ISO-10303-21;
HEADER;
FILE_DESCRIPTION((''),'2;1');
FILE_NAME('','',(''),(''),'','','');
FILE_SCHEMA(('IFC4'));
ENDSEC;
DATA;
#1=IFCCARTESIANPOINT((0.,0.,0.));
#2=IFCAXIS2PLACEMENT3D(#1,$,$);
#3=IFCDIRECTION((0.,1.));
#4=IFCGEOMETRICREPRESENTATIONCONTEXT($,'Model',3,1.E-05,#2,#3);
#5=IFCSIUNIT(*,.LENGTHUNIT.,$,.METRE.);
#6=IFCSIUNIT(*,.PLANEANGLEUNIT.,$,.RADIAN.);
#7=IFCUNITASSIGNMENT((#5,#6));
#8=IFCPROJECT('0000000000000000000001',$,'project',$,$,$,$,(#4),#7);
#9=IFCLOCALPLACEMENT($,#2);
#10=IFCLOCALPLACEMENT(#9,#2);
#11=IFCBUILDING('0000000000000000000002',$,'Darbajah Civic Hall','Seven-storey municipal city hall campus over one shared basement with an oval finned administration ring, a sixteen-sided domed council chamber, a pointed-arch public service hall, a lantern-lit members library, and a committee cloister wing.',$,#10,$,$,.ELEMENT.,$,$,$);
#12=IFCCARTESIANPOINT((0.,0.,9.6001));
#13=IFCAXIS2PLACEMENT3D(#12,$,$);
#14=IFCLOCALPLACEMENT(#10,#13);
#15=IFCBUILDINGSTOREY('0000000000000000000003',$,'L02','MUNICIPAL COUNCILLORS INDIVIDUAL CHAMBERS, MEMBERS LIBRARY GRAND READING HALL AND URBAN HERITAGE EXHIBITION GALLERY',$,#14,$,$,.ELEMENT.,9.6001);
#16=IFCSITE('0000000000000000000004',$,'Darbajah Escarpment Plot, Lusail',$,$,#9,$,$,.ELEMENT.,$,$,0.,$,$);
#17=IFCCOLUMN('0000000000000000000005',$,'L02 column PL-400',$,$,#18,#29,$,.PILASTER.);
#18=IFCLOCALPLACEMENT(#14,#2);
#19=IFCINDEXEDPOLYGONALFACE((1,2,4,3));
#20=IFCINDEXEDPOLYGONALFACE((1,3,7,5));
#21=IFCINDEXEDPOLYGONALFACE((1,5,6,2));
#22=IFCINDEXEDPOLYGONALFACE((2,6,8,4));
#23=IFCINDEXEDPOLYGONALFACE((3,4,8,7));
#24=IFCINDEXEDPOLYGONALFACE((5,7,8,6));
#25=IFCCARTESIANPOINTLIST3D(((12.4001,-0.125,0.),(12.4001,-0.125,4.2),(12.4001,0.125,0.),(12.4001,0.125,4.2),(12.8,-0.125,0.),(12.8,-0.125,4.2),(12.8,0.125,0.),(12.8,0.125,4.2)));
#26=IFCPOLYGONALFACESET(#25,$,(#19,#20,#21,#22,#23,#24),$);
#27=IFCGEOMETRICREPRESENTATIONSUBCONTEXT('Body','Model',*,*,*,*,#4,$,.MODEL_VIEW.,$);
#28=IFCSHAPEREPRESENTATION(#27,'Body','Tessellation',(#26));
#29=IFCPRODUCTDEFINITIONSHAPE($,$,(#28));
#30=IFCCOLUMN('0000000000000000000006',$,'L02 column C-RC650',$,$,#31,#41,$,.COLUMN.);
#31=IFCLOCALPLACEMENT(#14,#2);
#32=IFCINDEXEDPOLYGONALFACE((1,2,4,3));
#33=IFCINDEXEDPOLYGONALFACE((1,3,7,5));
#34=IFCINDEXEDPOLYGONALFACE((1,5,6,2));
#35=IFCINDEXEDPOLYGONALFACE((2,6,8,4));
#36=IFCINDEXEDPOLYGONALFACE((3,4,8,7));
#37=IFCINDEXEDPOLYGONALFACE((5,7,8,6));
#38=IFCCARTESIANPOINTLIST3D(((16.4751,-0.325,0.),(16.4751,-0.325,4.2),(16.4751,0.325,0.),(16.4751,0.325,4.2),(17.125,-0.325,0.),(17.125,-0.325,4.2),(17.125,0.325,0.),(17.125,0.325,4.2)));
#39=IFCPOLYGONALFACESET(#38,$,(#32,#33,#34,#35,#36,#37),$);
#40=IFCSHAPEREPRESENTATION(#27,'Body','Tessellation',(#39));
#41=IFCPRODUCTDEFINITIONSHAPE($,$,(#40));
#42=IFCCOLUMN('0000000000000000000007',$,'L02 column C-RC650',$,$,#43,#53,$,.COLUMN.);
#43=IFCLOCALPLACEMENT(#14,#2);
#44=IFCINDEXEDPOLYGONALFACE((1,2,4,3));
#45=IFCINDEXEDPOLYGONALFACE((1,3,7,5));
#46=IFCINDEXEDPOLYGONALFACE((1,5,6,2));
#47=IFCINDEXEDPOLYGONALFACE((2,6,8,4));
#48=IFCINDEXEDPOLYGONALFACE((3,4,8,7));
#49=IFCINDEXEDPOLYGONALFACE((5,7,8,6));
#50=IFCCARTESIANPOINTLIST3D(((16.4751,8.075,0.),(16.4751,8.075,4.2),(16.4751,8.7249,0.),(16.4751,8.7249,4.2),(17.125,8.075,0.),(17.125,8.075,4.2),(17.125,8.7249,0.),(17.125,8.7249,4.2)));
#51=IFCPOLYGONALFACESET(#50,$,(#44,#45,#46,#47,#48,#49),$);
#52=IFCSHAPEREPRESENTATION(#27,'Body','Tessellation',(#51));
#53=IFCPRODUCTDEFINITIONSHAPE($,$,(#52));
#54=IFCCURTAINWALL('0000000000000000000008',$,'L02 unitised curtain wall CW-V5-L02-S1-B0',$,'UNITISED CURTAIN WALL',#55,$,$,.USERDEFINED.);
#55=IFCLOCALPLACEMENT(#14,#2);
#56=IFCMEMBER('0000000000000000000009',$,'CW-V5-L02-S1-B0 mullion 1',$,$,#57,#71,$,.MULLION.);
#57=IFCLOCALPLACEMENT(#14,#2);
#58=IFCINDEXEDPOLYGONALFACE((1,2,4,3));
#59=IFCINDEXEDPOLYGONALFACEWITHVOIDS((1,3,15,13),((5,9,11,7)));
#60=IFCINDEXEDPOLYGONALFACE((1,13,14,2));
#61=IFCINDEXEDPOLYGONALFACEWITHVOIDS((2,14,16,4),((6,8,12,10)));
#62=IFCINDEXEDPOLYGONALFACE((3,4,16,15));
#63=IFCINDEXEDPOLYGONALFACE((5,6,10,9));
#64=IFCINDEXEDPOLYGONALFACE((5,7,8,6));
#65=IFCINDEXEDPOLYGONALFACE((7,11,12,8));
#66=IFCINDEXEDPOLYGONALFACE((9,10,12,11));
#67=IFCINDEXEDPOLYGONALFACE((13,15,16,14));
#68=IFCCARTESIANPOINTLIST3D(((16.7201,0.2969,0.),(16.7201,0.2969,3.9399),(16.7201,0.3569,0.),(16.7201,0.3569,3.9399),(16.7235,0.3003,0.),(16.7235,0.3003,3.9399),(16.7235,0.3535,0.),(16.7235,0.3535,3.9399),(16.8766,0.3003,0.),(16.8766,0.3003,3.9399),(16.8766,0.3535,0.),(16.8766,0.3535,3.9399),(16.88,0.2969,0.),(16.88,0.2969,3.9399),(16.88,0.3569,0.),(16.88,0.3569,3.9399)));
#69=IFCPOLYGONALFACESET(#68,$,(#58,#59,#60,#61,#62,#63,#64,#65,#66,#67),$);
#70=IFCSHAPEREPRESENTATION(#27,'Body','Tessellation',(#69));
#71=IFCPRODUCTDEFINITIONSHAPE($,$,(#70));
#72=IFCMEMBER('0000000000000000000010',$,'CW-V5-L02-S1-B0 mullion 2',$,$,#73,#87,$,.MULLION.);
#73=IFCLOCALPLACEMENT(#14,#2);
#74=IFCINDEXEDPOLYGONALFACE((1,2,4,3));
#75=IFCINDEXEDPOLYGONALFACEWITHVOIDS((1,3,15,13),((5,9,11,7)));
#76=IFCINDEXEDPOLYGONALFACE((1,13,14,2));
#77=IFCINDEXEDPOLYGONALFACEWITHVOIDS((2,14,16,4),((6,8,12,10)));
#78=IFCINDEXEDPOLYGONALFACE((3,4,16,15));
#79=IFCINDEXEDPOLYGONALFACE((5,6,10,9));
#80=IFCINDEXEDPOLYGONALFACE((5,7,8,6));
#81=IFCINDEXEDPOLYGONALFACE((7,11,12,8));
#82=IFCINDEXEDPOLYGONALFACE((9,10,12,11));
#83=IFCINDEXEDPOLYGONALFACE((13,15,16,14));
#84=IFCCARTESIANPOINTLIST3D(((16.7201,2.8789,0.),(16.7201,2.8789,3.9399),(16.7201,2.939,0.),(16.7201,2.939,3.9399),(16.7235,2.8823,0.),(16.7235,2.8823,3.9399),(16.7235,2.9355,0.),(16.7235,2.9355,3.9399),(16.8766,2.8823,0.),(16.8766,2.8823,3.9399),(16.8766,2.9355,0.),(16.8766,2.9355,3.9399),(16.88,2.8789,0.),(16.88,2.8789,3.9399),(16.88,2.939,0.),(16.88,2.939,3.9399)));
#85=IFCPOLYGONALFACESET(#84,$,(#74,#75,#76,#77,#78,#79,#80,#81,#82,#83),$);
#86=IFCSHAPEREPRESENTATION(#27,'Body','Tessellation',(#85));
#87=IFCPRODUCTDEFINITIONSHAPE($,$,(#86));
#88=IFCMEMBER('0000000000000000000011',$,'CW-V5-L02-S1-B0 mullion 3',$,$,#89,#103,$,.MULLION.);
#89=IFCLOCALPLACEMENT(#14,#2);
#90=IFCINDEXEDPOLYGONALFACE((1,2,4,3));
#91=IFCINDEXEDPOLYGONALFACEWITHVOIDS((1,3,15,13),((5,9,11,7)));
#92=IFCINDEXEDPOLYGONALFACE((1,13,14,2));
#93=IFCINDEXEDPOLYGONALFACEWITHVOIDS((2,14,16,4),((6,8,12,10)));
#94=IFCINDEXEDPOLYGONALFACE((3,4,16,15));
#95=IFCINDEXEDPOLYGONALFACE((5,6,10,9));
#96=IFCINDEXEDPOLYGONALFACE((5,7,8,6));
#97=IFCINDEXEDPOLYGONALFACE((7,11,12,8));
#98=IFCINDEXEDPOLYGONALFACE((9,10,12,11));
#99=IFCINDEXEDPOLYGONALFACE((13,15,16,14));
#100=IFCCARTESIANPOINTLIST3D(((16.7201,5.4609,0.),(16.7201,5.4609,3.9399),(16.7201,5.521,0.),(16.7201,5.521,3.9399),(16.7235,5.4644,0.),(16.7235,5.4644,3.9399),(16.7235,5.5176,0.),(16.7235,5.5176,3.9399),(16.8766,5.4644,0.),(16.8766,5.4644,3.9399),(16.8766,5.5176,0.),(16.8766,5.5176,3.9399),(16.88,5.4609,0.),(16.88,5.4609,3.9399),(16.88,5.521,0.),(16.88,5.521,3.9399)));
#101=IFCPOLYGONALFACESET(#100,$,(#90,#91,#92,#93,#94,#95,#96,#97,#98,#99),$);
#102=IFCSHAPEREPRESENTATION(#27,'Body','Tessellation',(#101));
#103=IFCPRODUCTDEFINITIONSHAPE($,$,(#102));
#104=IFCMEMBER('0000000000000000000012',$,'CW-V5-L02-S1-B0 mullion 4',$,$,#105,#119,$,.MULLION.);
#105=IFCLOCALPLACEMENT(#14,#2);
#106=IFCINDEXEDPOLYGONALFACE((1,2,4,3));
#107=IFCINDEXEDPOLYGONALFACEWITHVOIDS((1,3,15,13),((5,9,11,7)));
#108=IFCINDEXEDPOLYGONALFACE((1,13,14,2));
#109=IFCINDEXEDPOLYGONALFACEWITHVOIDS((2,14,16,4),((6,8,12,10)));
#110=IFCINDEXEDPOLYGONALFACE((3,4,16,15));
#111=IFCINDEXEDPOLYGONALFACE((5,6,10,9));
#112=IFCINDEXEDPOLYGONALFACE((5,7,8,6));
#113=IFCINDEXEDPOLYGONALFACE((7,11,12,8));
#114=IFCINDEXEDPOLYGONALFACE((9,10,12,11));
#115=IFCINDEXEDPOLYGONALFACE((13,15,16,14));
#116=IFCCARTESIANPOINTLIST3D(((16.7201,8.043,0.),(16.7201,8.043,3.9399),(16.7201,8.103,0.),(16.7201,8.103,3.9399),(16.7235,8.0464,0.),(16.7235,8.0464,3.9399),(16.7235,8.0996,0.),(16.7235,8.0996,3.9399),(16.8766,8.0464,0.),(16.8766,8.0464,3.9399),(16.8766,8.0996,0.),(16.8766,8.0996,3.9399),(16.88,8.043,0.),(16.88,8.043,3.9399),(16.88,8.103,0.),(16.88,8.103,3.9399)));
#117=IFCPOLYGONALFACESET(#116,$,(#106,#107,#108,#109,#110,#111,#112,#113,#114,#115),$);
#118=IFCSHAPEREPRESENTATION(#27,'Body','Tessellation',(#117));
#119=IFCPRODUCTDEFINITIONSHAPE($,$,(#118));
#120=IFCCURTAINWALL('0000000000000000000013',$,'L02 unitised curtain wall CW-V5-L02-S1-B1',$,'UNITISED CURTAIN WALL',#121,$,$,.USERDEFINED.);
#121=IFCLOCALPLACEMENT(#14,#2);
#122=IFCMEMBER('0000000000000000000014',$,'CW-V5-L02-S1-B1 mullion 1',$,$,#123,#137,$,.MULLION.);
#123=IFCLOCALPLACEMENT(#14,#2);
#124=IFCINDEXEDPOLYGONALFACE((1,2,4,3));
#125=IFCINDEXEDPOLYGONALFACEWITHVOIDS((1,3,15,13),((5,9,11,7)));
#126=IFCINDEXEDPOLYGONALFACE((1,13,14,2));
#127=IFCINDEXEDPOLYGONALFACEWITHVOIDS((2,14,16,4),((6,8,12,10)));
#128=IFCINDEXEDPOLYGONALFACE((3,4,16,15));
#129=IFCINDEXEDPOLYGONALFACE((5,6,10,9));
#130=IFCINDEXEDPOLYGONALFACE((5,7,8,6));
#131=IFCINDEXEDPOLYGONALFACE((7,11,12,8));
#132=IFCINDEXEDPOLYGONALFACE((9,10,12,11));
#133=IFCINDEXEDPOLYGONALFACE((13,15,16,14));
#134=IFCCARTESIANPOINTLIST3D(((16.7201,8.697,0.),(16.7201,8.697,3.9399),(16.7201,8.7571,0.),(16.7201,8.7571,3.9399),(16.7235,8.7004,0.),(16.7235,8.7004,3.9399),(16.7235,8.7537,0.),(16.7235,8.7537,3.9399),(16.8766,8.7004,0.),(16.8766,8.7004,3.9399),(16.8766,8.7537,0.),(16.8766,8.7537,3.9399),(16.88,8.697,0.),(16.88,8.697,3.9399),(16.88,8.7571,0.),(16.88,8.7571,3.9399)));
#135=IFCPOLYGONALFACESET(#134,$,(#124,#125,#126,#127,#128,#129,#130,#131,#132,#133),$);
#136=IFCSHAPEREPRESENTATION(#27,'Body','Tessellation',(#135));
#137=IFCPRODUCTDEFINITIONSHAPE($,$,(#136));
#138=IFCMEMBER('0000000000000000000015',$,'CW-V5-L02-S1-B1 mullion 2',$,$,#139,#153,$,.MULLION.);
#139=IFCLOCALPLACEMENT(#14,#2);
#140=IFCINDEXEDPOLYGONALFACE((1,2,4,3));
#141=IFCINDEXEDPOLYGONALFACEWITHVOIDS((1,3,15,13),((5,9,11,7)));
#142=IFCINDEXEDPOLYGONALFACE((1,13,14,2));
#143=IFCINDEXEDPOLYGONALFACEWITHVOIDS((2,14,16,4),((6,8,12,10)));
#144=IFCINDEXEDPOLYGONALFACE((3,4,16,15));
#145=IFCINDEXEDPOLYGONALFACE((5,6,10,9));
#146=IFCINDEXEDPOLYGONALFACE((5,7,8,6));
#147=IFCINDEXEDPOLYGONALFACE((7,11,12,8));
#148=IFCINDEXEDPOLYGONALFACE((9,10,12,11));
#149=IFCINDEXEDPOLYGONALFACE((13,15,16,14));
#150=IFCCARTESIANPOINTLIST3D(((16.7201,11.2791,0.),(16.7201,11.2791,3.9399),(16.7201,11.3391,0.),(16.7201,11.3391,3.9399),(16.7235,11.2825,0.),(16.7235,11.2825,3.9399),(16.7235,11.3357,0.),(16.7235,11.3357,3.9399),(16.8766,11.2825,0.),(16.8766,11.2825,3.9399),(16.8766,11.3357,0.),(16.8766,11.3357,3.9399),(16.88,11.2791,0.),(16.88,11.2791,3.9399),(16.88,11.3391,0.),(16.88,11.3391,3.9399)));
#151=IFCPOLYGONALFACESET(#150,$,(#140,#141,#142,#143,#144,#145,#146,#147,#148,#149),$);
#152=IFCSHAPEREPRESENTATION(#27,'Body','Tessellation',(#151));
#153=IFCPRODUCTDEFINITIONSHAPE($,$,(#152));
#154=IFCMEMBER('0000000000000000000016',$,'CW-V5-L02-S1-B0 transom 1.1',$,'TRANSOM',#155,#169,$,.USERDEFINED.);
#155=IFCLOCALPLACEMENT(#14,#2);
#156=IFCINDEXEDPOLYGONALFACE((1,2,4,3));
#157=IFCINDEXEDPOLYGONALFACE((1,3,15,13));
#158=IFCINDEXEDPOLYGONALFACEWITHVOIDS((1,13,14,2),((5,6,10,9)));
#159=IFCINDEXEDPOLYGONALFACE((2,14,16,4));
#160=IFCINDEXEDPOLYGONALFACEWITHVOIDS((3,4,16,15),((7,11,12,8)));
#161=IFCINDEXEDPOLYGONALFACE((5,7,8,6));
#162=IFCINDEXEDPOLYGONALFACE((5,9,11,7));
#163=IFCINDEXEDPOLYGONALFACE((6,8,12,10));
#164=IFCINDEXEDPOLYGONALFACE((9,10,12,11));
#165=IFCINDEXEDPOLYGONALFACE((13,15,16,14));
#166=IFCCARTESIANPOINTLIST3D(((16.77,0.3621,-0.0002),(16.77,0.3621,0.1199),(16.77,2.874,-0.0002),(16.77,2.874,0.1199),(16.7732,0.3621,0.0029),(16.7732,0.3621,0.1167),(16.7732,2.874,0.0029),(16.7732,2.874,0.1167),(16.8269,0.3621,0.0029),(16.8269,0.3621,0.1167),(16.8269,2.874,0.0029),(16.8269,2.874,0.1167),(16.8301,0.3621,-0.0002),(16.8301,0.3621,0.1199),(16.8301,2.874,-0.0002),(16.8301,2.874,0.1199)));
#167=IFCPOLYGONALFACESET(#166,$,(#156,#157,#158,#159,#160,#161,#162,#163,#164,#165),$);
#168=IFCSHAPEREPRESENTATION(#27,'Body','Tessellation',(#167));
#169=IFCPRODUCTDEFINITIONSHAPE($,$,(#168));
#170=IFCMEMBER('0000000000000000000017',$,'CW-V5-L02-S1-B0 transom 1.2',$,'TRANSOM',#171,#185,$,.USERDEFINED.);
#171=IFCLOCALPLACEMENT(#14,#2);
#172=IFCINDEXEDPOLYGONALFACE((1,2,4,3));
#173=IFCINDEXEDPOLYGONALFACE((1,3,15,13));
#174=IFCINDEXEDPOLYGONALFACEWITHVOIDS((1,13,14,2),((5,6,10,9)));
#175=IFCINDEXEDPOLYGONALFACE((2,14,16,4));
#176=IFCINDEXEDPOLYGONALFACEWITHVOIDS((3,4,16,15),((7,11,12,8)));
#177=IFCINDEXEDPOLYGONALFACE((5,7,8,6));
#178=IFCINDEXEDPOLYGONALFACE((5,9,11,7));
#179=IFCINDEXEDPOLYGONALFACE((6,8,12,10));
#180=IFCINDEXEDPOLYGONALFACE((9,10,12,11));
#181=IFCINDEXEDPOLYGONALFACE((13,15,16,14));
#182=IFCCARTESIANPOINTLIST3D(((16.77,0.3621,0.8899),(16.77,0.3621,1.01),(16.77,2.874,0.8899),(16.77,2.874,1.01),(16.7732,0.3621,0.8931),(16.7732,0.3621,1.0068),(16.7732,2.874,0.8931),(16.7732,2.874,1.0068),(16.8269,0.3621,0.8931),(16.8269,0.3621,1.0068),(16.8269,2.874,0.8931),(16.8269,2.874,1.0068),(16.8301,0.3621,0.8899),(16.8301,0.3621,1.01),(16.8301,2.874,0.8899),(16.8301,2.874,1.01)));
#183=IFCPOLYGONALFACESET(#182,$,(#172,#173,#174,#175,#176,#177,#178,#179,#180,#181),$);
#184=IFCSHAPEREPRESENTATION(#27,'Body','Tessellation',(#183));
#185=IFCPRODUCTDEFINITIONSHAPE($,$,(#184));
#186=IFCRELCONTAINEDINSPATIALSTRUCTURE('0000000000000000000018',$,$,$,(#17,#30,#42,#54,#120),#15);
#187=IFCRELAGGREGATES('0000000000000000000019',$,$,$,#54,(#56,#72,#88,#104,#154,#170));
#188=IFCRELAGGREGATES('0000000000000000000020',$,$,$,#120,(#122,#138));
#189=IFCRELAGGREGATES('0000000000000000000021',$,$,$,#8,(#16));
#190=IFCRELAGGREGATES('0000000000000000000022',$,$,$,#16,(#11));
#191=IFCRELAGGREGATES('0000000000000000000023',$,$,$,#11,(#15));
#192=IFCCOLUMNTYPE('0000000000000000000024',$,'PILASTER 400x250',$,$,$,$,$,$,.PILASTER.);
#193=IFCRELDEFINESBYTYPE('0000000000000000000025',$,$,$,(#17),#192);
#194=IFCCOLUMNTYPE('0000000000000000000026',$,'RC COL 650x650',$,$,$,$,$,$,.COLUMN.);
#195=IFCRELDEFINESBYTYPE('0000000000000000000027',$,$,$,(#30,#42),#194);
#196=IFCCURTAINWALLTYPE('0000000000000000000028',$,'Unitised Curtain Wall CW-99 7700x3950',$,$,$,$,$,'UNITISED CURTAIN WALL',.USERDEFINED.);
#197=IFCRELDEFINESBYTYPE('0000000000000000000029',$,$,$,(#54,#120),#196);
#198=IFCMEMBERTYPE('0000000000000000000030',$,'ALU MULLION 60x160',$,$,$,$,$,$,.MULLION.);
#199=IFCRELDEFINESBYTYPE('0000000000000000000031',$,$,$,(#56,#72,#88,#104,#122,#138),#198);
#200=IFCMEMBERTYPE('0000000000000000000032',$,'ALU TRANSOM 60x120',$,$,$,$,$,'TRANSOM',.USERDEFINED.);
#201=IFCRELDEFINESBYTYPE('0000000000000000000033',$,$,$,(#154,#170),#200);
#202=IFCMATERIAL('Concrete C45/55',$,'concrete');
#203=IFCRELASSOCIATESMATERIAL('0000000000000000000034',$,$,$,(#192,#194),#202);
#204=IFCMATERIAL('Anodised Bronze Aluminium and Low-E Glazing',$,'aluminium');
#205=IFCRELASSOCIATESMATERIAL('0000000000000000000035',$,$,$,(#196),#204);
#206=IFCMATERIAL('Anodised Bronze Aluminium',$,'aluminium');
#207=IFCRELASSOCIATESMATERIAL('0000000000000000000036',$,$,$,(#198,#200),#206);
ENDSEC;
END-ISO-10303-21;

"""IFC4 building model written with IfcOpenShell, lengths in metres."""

from ifc_helpers import new_model, si_unit, direction, frame, origin, origin_2d, place, context, subcontext, project, spatial, rectangle, hollow_rectangle, extrude, material, material_profile, profile_set, type_object, element, aggregate, save


model = new_model("IFC4")

# Units and contexts
model_context = context("Model", 3, precision=1e-05, world=origin(), true_north=direction((0.0, 1.0)))
body_context = subcontext(model_context, "Body", "Model", "MODEL_VIEW")
ifc_project = project(units=[si_unit("LENGTHUNIT", "METRE"), si_unit("PLANEANGLEUNIT", "RADIAN")], contexts=[model_context])

# Site, building, storey
site_placement = place(None, origin())
site = spatial("IfcSite", under=ifc_project, at=site_placement, Name="Darbajah Escarpment Plot, Lusail", CompositionType="ELEMENT", RefElevation=0.0)
building_placement = place(site_placement, origin())
building = spatial("IfcBuilding", under=site, at=building_placement, Name="Darbajah Civic Hall", Description="Seven-storey municipal city hall campus over one shared basement with an oval finned administration ring, a sixteen-sided domed council chamber, a pointed-arch public service hall, a lantern-lit members library, and a committee cloister wing.", CompositionType="ELEMENT")
storey_placement = place(building_placement, frame((0.0, 0.0, 9.6001)))
storey = spatial("IfcBuildingStorey", under=building, at=storey_placement, Name="L02", Description="MUNICIPAL COUNCILLORS INDIVIDUAL CHAMBERS, MEMBERS LIBRARY GRAND READING HALL AND URBAN HERITAGE EXHIBITION GALLERY", CompositionType="ELEMENT", Elevation=9.6001)

# Columns
ifc_material_1 = material(Name="Concrete C45/55", Category="concrete")
ifc_material_profile_1 = material_profile(ifc_material_1, rectangle(XDim=0.3999, YDim=0.25, at=origin_2d()), Name="PILASTER 400x250")
ifc_profile_set_1 = profile_set([ifc_material_profile_1], Name="Concrete C45/55")
column_type_1 = type_object("IfcColumnType", Name="PILASTER 400x250", PredefinedType="PILASTER", material=ifc_profile_set_1)
column_placement = place(storey_placement, frame((12.6001, 0.0, 0.0), z_axis=(0.0, 0.0, 1.0), x_axis=(1.0, 0.0, 0.0)))
element("IfcColumn", 1, at=column_placement, inside=storey, type_object=column_type_1, Name="L02 column PL-400", PredefinedType="PILASTER", context=body_context, shape_type="SweptSolid", body=[
    extrude(rectangle(XDim=0.3999, YDim=0.25, at=origin_2d()), origin(), (0.0, 0.0, 1.0), 4.2),
])
ifc_material_profile_2 = material_profile(ifc_material_1, rectangle(XDim=0.6499, YDim=0.6499, at=origin_2d()), Name="RC COL 650x650")
ifc_profile_set_2 = profile_set([ifc_material_profile_2], Name="Concrete C45/55")
column_type_2 = type_object("IfcColumnType", Name="RC COL 650x650", PredefinedType="COLUMN", material=ifc_profile_set_2)
for number, where, z_axis, x_axis, name in (
    (2, (16.8, 0.0, 0.0), (0.0, 0.0, 1.0), (1.0, 0.0, 0.0), "L02 column C-RC650"),
    (3, (16.8, 8.3999, 0.0), (0.0, 0.0, 1.0), (1.0, 0.0, 0.0), "L02 column C-RC650"),
):
    element("IfcColumn", number, at=place(storey_placement, frame(where, z_axis=z_axis, x_axis=x_axis)), inside=storey, type_object=column_type_2, Name=name, PredefinedType="COLUMN", context=body_context, shape_type="SweptSolid", body=[
        extrude(rectangle(XDim=0.6499, YDim=0.6499, at=origin_2d()), origin(), (0.0, 0.0, 1.0), 4.2),
    ])

# Curtain walls, members
ifc_material_2 = material(Name="Anodised Bronze Aluminium and Low-E Glazing", Category="aluminium")
curtain_wall_type = type_object("IfcCurtainWallType", Name="Unitised Curtain Wall CW-99 7700x3950", ElementType="UNITISED CURTAIN WALL", PredefinedType="USERDEFINED", material=ifc_material_2)
curtain_wall_1_placement = place(storey_placement, origin())
curtain_wall_1 = element("IfcCurtainWall", 4, at=curtain_wall_1_placement, inside=storey, type_object=curtain_wall_type, Name="L02 unitised curtain wall CW-V5-L02-S1-B0", ObjectType="UNITISED CURTAIN WALL", PredefinedType="USERDEFINED")
ifc_material_3 = material(Name="Anodised Bronze Aluminium", Category="aluminium")
ifc_material_profile_3 = material_profile(ifc_material_3, hollow_rectangle(XDim=0.0601, YDim=0.1599, WallThickness=0.0034, at=origin_2d()), Name="ALU MULLION 60x160")
ifc_profile_set_3 = profile_set([ifc_material_profile_3], Name="Anodised Bronze Aluminium")
member_type_1 = type_object("IfcMemberType", Name="ALU MULLION 60x160", PredefinedType="MULLION", material=ifc_profile_set_3)
member_1_placement = place(storey_placement, frame((16.8, 0.3269, 0.0), z_axis=(0.0, 0.0, 1.0), x_axis=(0.0, 1.0, 0.0)))
member_1 = element("IfcMember", 5, at=member_1_placement, type_object=member_type_1, Name="CW-V5-L02-S1-B0 mullion 1", PredefinedType="MULLION", context=body_context, shape_type="SweptSolid", body=[
    extrude(hollow_rectangle(XDim=0.0601, YDim=0.1599, WallThickness=0.0034, at=origin_2d()), origin(), (0.0, 0.0, 1.0), 3.9399),
])
member_2_placement = place(storey_placement, frame((16.8, 2.9089, 0.0), z_axis=(0.0, 0.0, 1.0), x_axis=(0.0, 1.0, 0.0)))
member_2 = element("IfcMember", 6, at=member_2_placement, type_object=member_type_1, Name="CW-V5-L02-S1-B0 mullion 2", PredefinedType="MULLION", context=body_context, shape_type="SweptSolid", body=[
    extrude(hollow_rectangle(XDim=0.0601, YDim=0.1599, WallThickness=0.0034, at=origin_2d()), origin(), (0.0, 0.0, 1.0), 3.9399),
])
member_3_placement = place(storey_placement, frame((16.8, 5.491, 0.0), z_axis=(0.0, 0.0, 1.0), x_axis=(0.0, 1.0, 0.0)))
member_3 = element("IfcMember", 7, at=member_3_placement, type_object=member_type_1, Name="CW-V5-L02-S1-B0 mullion 3", PredefinedType="MULLION", context=body_context, shape_type="SweptSolid", body=[
    extrude(hollow_rectangle(XDim=0.0601, YDim=0.1599, WallThickness=0.0034, at=origin_2d()), origin(), (0.0, 0.0, 1.0), 3.9399),
])
member_4_placement = place(storey_placement, frame((16.8, 8.073, 0.0), z_axis=(0.0, 0.0, 1.0), x_axis=(0.0, 1.0, 0.0)))
member_4 = element("IfcMember", 8, at=member_4_placement, type_object=member_type_1, Name="CW-V5-L02-S1-B0 mullion 4", PredefinedType="MULLION", context=body_context, shape_type="SweptSolid", body=[
    extrude(hollow_rectangle(XDim=0.0601, YDim=0.1599, WallThickness=0.0034, at=origin_2d()), origin(), (0.0, 0.0, 1.0), 3.9399),
])
curtain_wall_2_placement = place(storey_placement, origin())
curtain_wall_2 = element("IfcCurtainWall", 9, at=curtain_wall_2_placement, inside=storey, type_object=curtain_wall_type, Name="L02 unitised curtain wall CW-V5-L02-S1-B1", ObjectType="UNITISED CURTAIN WALL", PredefinedType="USERDEFINED")
member_5_placement = place(storey_placement, frame((16.8, 8.7271, 0.0), z_axis=(0.0, 0.0, 1.0), x_axis=(0.0, 1.0, 0.0)))
member_5 = element("IfcMember", 10, at=member_5_placement, type_object=member_type_1, Name="CW-V5-L02-S1-B1 mullion 1", PredefinedType="MULLION", context=body_context, shape_type="SweptSolid", body=[
    extrude(hollow_rectangle(XDim=0.0601, YDim=0.1599, WallThickness=0.0034, at=origin_2d()), origin(), (0.0, 0.0, 1.0), 3.9399),
])
member_6_placement = place(storey_placement, frame((16.8, 11.3091, 0.0), z_axis=(0.0, 0.0, 1.0), x_axis=(0.0, 1.0, 0.0)))
member_6 = element("IfcMember", 11, at=member_6_placement, type_object=member_type_1, Name="CW-V5-L02-S1-B1 mullion 2", PredefinedType="MULLION", context=body_context, shape_type="SweptSolid", body=[
    extrude(hollow_rectangle(XDim=0.0601, YDim=0.1599, WallThickness=0.0034, at=origin_2d()), origin(), (0.0, 0.0, 1.0), 3.9399),
])

# Members
ifc_material_profile_4 = material_profile(ifc_material_3, hollow_rectangle(XDim=0.0601, YDim=0.1201, WallThickness=0.0032, at=origin_2d()), Name="ALU TRANSOM 60x120")
ifc_profile_set_4 = profile_set([ifc_material_profile_4], Name="Anodised Bronze Aluminium")
member_type_2 = type_object("IfcMemberType", Name="ALU TRANSOM 60x120", ElementType="TRANSOM", PredefinedType="USERDEFINED", material=ifc_profile_set_4)
member_7_placement = place(storey_placement, frame((16.8, 0.3621, 0.0598), z_axis=(0.0, 1.0, 0.0), x_axis=(-1.0, 0.0, 0.0)))
member_7 = element("IfcMember", 12, at=member_7_placement, type_object=member_type_2, Name="CW-V5-L02-S1-B0 transom 1.1", ObjectType="TRANSOM", PredefinedType="USERDEFINED", context=body_context, shape_type="SweptSolid", body=[
    extrude(hollow_rectangle(XDim=0.0601, YDim=0.1201, WallThickness=0.0032, at=origin_2d()), origin(), (0.0, 0.0, 1.0), 2.512),
])
member_8_placement = place(storey_placement, frame((16.8, 0.3621, 0.95), z_axis=(0.0, 1.0, 0.0), x_axis=(-1.0, 0.0, 0.0)))
member_8 = element("IfcMember", 13, at=member_8_placement, type_object=member_type_2, Name="CW-V5-L02-S1-B0 transom 1.2", ObjectType="TRANSOM", PredefinedType="USERDEFINED", context=body_context, shape_type="SweptSolid", body=[
    extrude(hollow_rectangle(XDim=0.0601, YDim=0.1201, WallThickness=0.0032, at=origin_2d()), origin(), (0.0, 0.0, 1.0), 2.512),
])

aggregate(curtain_wall_1, [member_1, member_2, member_3, member_4, member_7, member_8])
aggregate(curtain_wall_2, [member_5, member_6])

save(model, "model.ifc")
